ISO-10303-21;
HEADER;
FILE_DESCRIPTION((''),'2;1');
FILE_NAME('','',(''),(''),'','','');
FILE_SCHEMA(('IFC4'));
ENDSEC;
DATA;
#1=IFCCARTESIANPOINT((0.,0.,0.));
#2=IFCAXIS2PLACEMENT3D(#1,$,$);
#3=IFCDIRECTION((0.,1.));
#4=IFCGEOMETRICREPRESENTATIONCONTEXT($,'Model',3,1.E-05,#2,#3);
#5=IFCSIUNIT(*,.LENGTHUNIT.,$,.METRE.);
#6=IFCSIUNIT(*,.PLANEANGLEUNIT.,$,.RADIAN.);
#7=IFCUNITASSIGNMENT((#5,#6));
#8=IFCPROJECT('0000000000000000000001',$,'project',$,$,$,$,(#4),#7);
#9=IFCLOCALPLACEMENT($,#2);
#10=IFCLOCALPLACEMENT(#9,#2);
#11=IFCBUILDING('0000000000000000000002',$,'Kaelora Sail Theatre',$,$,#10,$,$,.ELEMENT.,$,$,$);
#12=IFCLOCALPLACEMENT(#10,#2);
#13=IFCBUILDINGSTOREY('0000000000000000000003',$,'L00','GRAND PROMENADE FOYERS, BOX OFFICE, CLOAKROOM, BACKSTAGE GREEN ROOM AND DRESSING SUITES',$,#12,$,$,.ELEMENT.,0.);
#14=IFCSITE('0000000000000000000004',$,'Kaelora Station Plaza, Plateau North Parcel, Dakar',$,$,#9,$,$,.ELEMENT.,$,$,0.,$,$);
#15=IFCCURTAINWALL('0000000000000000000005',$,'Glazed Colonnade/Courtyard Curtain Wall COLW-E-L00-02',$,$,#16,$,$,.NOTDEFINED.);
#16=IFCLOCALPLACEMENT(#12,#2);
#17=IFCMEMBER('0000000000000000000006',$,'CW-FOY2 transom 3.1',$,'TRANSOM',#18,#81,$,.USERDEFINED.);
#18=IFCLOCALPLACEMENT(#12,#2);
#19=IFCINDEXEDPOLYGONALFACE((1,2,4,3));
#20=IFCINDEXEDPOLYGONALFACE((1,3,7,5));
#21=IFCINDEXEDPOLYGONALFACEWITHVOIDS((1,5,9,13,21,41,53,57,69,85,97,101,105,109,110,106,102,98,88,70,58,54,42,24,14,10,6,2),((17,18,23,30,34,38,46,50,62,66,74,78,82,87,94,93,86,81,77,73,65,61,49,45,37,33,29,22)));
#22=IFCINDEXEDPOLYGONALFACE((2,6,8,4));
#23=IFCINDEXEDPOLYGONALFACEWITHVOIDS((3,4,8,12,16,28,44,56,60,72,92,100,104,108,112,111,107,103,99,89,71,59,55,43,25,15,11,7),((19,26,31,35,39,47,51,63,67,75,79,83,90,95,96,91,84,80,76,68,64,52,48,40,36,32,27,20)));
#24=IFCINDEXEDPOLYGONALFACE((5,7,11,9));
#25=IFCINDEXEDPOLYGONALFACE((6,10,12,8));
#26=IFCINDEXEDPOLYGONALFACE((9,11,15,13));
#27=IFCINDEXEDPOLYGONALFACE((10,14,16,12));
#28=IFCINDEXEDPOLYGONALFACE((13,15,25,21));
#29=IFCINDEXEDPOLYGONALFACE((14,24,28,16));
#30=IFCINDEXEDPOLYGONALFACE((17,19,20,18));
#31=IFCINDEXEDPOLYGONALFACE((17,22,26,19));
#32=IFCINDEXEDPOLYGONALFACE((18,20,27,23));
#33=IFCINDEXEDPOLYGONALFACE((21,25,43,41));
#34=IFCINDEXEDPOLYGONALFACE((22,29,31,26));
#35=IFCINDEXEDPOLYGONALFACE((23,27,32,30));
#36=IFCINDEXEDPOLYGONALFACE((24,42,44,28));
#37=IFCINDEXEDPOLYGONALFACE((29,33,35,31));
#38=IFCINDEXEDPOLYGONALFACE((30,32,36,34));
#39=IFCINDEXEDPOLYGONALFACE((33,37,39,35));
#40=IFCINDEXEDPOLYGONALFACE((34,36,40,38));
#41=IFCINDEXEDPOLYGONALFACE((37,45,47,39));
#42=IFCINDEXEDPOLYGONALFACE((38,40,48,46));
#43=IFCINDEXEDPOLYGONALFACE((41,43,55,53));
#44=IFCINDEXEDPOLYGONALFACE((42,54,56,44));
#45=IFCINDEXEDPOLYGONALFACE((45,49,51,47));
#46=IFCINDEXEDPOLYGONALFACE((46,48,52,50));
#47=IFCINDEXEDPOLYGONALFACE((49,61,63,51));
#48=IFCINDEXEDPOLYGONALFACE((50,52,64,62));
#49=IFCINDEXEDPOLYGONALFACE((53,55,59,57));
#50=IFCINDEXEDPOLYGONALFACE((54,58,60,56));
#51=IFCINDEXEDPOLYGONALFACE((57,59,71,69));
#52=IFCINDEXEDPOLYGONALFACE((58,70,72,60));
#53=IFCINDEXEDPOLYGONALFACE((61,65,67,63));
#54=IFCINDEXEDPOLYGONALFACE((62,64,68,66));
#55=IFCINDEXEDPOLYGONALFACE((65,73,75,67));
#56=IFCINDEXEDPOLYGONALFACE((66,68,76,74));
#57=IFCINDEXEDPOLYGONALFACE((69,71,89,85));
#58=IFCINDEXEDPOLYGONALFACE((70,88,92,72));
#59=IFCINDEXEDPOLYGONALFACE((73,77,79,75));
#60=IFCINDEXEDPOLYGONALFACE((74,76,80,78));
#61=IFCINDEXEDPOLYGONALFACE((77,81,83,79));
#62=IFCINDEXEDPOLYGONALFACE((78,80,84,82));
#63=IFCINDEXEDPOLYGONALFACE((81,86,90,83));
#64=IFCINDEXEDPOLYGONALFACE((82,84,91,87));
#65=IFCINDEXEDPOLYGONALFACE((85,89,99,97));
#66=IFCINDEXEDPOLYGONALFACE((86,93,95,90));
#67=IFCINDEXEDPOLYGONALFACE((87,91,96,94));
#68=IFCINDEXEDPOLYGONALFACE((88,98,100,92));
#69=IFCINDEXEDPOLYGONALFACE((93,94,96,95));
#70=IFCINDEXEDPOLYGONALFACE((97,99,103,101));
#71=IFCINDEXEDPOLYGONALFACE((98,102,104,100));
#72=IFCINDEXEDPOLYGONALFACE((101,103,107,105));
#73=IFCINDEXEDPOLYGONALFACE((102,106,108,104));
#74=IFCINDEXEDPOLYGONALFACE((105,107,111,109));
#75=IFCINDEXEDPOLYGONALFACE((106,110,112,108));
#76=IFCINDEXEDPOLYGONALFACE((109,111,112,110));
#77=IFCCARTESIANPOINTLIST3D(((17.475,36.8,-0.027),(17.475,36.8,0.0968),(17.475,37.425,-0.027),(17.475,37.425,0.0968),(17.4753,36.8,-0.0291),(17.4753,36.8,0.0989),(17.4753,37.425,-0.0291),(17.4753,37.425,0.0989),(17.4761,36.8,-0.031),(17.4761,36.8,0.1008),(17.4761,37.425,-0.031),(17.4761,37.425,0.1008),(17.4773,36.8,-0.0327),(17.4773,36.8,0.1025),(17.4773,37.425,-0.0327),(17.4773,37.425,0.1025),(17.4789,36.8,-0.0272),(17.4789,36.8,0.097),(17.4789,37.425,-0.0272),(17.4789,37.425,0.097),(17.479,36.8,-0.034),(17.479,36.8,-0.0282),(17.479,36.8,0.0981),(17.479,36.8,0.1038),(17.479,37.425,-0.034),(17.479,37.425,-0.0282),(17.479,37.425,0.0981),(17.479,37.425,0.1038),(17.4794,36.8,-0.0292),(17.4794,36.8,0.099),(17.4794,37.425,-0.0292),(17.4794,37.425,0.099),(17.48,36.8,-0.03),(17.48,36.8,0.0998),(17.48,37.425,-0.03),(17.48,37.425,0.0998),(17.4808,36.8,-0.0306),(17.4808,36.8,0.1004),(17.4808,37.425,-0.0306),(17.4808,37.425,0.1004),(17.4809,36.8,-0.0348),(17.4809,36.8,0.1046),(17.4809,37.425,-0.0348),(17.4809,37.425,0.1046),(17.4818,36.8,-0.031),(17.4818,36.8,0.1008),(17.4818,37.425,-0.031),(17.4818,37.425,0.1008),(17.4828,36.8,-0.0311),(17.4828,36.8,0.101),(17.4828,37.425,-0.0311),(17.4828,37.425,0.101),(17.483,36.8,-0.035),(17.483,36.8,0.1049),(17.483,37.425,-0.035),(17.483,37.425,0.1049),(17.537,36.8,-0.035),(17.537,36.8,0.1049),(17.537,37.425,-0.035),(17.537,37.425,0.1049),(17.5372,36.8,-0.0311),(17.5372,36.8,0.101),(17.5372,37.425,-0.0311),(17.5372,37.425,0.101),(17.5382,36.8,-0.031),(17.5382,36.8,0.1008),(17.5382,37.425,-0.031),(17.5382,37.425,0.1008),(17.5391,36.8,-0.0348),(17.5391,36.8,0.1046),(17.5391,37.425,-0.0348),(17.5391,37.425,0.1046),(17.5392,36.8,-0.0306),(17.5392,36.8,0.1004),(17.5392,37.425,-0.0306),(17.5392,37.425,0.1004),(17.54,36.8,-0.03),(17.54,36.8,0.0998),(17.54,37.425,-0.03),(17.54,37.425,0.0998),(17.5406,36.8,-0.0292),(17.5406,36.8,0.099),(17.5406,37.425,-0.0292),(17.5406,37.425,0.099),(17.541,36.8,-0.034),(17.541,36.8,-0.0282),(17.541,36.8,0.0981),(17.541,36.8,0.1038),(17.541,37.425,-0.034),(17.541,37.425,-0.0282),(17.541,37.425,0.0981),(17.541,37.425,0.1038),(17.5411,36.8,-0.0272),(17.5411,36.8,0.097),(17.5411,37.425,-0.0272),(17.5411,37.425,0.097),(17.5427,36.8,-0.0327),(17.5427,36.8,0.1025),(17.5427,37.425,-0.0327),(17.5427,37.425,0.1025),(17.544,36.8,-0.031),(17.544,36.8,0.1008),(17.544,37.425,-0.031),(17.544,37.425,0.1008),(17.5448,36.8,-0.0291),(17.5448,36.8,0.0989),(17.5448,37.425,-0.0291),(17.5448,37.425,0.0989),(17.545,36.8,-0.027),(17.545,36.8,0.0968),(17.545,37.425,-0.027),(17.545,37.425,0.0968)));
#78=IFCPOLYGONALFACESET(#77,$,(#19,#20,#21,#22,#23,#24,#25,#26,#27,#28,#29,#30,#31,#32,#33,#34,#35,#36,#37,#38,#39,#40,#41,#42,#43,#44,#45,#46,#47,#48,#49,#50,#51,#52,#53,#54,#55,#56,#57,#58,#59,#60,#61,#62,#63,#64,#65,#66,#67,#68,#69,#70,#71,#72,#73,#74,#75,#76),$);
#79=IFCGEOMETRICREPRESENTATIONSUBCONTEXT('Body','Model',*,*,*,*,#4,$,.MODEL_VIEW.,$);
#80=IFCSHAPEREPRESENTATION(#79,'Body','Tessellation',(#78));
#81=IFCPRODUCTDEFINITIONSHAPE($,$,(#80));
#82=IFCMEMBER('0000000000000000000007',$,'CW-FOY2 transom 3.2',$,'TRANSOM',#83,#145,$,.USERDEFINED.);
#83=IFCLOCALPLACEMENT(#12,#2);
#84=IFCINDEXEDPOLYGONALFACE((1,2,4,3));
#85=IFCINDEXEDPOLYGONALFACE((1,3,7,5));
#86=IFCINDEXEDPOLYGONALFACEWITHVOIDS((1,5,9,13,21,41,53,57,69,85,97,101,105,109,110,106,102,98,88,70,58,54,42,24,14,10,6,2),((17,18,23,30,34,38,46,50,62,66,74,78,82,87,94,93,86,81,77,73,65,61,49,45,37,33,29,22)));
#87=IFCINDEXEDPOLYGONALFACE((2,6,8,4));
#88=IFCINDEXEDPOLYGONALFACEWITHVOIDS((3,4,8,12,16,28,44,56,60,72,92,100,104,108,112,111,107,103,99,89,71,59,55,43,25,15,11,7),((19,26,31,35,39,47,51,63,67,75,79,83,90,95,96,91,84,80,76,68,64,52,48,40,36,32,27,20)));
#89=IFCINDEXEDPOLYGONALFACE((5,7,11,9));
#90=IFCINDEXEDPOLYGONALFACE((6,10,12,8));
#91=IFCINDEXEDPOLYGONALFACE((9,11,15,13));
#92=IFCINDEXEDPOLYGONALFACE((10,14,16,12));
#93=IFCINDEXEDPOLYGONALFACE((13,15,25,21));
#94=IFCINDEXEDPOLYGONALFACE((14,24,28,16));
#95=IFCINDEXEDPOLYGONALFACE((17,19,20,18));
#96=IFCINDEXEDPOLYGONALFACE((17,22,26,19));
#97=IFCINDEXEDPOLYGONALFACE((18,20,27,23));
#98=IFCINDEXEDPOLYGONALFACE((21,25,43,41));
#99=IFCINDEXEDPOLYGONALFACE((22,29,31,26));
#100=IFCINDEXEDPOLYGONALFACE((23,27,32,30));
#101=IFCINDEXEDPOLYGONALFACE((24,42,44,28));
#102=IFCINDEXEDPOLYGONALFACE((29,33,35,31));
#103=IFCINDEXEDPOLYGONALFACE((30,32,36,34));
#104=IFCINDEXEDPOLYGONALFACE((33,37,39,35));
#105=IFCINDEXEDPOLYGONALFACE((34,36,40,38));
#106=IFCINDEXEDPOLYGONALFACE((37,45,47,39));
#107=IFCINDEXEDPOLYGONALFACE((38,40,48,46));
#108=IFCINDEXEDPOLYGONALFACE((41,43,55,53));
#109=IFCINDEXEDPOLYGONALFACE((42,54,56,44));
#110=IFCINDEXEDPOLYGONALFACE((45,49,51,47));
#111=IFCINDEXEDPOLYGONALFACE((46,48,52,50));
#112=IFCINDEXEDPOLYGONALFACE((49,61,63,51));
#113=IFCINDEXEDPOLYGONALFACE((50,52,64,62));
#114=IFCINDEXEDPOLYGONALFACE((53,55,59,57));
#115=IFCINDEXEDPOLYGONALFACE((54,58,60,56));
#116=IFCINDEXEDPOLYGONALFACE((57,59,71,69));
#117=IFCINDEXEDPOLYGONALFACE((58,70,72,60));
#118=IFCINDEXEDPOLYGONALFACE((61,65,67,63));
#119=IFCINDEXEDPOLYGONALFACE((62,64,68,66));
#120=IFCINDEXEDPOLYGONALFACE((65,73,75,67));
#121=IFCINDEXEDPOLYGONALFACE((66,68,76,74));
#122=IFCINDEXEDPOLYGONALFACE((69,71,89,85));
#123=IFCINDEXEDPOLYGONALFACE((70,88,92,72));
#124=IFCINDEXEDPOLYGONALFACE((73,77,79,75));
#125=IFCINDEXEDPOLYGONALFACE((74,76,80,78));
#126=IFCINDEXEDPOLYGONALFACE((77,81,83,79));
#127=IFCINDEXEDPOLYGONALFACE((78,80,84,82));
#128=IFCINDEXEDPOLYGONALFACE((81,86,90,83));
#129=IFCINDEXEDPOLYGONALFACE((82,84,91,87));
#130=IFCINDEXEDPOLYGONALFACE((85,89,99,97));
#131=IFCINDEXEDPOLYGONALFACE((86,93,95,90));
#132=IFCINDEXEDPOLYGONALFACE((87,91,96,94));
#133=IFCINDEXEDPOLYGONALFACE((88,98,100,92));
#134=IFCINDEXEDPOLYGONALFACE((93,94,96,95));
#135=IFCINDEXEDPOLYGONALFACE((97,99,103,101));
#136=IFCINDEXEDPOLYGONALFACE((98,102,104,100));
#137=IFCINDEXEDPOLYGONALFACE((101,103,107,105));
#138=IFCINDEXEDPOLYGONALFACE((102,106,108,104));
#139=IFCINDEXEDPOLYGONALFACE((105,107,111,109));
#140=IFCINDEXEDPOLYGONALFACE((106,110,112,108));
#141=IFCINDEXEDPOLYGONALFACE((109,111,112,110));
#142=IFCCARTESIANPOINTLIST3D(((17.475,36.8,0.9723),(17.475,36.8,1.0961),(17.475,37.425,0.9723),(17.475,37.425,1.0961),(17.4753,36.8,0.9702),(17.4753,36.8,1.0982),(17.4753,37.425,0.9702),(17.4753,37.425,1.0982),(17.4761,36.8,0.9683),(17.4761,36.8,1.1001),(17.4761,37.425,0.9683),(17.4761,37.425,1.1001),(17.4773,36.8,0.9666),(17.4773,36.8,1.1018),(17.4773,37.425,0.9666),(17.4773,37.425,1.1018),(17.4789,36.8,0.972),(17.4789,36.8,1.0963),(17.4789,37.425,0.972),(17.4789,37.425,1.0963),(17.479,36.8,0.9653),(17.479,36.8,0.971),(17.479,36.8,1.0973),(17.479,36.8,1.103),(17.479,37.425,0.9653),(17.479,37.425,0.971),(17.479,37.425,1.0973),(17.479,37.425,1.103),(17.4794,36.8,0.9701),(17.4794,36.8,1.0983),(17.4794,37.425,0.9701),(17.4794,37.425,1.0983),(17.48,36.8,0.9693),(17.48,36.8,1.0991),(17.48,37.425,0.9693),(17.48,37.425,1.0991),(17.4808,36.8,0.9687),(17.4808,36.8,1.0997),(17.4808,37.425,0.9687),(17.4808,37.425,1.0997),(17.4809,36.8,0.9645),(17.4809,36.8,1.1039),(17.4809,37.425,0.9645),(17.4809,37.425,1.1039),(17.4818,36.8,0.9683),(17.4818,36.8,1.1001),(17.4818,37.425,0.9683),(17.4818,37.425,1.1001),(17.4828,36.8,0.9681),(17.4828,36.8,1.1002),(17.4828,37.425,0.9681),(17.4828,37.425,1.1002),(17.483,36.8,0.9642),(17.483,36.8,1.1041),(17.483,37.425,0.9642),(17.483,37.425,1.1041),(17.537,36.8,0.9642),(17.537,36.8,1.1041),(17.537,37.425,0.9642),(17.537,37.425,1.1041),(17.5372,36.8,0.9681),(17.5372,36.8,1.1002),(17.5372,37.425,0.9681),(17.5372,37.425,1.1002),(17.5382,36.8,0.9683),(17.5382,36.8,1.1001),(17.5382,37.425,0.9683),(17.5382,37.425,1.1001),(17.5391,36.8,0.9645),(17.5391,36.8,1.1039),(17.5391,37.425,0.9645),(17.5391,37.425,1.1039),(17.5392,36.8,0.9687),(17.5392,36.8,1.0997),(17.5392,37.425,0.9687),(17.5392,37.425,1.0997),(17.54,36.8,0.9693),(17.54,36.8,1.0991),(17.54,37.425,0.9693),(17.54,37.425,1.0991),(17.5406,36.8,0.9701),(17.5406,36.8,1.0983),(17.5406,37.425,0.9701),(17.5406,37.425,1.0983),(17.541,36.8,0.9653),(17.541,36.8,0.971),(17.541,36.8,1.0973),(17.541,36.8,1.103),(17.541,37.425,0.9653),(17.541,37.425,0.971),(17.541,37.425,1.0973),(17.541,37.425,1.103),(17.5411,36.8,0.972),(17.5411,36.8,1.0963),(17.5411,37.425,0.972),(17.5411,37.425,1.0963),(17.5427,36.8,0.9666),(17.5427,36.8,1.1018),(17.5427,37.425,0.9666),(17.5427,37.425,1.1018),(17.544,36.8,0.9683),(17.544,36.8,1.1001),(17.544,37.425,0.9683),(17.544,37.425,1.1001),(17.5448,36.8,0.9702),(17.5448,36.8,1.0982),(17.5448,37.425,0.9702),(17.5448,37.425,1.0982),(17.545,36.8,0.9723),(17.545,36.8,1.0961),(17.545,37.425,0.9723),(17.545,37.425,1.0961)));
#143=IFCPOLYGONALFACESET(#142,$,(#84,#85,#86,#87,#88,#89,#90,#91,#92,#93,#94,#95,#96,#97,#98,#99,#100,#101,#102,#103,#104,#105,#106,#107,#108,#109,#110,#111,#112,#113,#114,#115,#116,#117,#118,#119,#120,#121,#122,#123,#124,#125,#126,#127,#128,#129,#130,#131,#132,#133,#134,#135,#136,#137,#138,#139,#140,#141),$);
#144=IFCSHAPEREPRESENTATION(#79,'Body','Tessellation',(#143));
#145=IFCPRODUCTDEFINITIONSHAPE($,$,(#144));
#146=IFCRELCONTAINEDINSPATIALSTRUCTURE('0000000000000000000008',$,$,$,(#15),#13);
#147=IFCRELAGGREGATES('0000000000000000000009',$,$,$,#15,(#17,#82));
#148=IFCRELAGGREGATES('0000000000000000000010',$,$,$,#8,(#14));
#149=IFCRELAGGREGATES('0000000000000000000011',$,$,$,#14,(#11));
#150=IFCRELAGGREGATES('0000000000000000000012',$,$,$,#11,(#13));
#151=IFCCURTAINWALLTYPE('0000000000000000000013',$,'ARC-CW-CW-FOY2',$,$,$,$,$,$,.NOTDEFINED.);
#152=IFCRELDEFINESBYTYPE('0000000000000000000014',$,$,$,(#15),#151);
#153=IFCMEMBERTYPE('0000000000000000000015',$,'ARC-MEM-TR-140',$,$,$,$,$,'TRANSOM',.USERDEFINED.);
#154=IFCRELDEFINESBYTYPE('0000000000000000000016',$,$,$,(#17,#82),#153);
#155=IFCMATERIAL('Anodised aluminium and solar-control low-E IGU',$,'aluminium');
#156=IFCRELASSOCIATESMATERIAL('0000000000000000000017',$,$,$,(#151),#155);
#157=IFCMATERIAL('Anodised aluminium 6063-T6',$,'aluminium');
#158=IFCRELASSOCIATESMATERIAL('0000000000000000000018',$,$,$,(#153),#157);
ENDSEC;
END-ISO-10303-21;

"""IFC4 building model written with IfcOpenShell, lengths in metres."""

from ifc_helpers import new_model, si_unit, direction, frame, origin, origin_2d, place, context, subcontext, project, spatial, hollow_rectangle, extrude, material, material_profile, profile_set, type_object, element, aggregate, save


model = new_model("IFC4")

# Units and contexts
model_context = context("Model", 3, precision=1e-05, world=origin(), true_north=direction((0.0, 1.0)))
body_context = subcontext(model_context, "Body", "Model", "MODEL_VIEW")
ifc_project = project(units=[si_unit("LENGTHUNIT", "METRE"), si_unit("PLANEANGLEUNIT", "RADIAN")], contexts=[model_context])

# Site, building, storey
site_placement = place(None, origin())
site = spatial("IfcSite", under=ifc_project, at=site_placement, Name="Kaelora Station Plaza, Plateau North Parcel, Dakar", CompositionType="ELEMENT", RefElevation=0.0)
building_placement = place(site_placement, origin())
building = spatial("IfcBuilding", under=site, at=building_placement, Name="Kaelora Sail Theatre", CompositionType="ELEMENT")
storey_placement = place(building_placement, origin())
storey = spatial("IfcBuildingStorey", under=building, at=storey_placement, Name="L00", Description="GRAND PROMENADE FOYERS, BOX OFFICE, CLOAKROOM, BACKSTAGE GREEN ROOM AND DRESSING SUITES", CompositionType="ELEMENT", Elevation=0.0)

# Shared definitions
ifc_material_1 = material(Name="Anodised aluminium and solar-control low-E IGU", Category="aluminium")
curtain_wall_type = type_object("IfcCurtainWallType", Name="ARC-CW-CW-FOY2", PredefinedType="NOTDEFINED", material=ifc_material_1)

# Curtain wall
curtain_wall_1_placement = place(storey_placement, origin())
curtain_wall_1 = element("IfcCurtainWall", 1, at=curtain_wall_1_placement, inside=storey, type_object=curtain_wall_type, Name="Glazed Colonnade/Courtyard Curtain Wall COLW-E-L00-02", PredefinedType="NOTDEFINED")

# Members
ifc_material_2 = material(Name="Anodised aluminium 6063-T6", Category="aluminium")
ifc_material_profile_1 = material_profile(ifc_material_2, hollow_rectangle(XDim=0.0701, YDim=0.1399, WallThickness=0.0039, InnerFilletRadius=0.0039, OuterFilletRadius=0.0081, at=origin_2d()), Name="ALU-TRAN 70x140x4")
ifc_profile_set_1 = profile_set([ifc_material_profile_1], Name="Anodised aluminium 6063-T6")
member_type_1 = type_object("IfcMemberType", Name="ARC-MEM-TR-140", ElementType="TRANSOM", PredefinedType="USERDEFINED", material=ifc_profile_set_1)
member_1_placement = place(storey_placement, frame((17.51, 36.8, 0.0349), z_axis=(0.0, 1.0, 0.0), x_axis=(-1.0, 0.0, 0.0)))
member_1 = element("IfcMember", 2, at=member_1_placement, type_object=member_type_1, Name="CW-FOY2 transom 3.1", ObjectType="TRANSOM", PredefinedType="USERDEFINED", context=body_context, shape_type="SweptSolid", body=[
    extrude(hollow_rectangle(XDim=0.0701, YDim=0.1399, WallThickness=0.0039, InnerFilletRadius=0.0039, OuterFilletRadius=0.0081, at=origin_2d()), origin(), (0.0, 0.0, 1.0), 0.625),
])
member_2_placement = place(storey_placement, frame((17.51, 36.8, 1.0342), z_axis=(0.0, 1.0, 0.0), x_axis=(-1.0, 0.0, 0.0)))
member_2 = element("IfcMember", 3, at=member_2_placement, type_object=member_type_1, Name="CW-FOY2 transom 3.2", ObjectType="TRANSOM", PredefinedType="USERDEFINED", context=body_context, shape_type="SweptSolid", body=[
    extrude(hollow_rectangle(XDim=0.0701, YDim=0.1399, WallThickness=0.0039, InnerFilletRadius=0.0039, OuterFilletRadius=0.0081, at=origin_2d()), origin(), (0.0, 0.0, 1.0), 0.625),
])

aggregate(curtain_wall_1, [member_1, member_2])

save(model, "model.ifc")
